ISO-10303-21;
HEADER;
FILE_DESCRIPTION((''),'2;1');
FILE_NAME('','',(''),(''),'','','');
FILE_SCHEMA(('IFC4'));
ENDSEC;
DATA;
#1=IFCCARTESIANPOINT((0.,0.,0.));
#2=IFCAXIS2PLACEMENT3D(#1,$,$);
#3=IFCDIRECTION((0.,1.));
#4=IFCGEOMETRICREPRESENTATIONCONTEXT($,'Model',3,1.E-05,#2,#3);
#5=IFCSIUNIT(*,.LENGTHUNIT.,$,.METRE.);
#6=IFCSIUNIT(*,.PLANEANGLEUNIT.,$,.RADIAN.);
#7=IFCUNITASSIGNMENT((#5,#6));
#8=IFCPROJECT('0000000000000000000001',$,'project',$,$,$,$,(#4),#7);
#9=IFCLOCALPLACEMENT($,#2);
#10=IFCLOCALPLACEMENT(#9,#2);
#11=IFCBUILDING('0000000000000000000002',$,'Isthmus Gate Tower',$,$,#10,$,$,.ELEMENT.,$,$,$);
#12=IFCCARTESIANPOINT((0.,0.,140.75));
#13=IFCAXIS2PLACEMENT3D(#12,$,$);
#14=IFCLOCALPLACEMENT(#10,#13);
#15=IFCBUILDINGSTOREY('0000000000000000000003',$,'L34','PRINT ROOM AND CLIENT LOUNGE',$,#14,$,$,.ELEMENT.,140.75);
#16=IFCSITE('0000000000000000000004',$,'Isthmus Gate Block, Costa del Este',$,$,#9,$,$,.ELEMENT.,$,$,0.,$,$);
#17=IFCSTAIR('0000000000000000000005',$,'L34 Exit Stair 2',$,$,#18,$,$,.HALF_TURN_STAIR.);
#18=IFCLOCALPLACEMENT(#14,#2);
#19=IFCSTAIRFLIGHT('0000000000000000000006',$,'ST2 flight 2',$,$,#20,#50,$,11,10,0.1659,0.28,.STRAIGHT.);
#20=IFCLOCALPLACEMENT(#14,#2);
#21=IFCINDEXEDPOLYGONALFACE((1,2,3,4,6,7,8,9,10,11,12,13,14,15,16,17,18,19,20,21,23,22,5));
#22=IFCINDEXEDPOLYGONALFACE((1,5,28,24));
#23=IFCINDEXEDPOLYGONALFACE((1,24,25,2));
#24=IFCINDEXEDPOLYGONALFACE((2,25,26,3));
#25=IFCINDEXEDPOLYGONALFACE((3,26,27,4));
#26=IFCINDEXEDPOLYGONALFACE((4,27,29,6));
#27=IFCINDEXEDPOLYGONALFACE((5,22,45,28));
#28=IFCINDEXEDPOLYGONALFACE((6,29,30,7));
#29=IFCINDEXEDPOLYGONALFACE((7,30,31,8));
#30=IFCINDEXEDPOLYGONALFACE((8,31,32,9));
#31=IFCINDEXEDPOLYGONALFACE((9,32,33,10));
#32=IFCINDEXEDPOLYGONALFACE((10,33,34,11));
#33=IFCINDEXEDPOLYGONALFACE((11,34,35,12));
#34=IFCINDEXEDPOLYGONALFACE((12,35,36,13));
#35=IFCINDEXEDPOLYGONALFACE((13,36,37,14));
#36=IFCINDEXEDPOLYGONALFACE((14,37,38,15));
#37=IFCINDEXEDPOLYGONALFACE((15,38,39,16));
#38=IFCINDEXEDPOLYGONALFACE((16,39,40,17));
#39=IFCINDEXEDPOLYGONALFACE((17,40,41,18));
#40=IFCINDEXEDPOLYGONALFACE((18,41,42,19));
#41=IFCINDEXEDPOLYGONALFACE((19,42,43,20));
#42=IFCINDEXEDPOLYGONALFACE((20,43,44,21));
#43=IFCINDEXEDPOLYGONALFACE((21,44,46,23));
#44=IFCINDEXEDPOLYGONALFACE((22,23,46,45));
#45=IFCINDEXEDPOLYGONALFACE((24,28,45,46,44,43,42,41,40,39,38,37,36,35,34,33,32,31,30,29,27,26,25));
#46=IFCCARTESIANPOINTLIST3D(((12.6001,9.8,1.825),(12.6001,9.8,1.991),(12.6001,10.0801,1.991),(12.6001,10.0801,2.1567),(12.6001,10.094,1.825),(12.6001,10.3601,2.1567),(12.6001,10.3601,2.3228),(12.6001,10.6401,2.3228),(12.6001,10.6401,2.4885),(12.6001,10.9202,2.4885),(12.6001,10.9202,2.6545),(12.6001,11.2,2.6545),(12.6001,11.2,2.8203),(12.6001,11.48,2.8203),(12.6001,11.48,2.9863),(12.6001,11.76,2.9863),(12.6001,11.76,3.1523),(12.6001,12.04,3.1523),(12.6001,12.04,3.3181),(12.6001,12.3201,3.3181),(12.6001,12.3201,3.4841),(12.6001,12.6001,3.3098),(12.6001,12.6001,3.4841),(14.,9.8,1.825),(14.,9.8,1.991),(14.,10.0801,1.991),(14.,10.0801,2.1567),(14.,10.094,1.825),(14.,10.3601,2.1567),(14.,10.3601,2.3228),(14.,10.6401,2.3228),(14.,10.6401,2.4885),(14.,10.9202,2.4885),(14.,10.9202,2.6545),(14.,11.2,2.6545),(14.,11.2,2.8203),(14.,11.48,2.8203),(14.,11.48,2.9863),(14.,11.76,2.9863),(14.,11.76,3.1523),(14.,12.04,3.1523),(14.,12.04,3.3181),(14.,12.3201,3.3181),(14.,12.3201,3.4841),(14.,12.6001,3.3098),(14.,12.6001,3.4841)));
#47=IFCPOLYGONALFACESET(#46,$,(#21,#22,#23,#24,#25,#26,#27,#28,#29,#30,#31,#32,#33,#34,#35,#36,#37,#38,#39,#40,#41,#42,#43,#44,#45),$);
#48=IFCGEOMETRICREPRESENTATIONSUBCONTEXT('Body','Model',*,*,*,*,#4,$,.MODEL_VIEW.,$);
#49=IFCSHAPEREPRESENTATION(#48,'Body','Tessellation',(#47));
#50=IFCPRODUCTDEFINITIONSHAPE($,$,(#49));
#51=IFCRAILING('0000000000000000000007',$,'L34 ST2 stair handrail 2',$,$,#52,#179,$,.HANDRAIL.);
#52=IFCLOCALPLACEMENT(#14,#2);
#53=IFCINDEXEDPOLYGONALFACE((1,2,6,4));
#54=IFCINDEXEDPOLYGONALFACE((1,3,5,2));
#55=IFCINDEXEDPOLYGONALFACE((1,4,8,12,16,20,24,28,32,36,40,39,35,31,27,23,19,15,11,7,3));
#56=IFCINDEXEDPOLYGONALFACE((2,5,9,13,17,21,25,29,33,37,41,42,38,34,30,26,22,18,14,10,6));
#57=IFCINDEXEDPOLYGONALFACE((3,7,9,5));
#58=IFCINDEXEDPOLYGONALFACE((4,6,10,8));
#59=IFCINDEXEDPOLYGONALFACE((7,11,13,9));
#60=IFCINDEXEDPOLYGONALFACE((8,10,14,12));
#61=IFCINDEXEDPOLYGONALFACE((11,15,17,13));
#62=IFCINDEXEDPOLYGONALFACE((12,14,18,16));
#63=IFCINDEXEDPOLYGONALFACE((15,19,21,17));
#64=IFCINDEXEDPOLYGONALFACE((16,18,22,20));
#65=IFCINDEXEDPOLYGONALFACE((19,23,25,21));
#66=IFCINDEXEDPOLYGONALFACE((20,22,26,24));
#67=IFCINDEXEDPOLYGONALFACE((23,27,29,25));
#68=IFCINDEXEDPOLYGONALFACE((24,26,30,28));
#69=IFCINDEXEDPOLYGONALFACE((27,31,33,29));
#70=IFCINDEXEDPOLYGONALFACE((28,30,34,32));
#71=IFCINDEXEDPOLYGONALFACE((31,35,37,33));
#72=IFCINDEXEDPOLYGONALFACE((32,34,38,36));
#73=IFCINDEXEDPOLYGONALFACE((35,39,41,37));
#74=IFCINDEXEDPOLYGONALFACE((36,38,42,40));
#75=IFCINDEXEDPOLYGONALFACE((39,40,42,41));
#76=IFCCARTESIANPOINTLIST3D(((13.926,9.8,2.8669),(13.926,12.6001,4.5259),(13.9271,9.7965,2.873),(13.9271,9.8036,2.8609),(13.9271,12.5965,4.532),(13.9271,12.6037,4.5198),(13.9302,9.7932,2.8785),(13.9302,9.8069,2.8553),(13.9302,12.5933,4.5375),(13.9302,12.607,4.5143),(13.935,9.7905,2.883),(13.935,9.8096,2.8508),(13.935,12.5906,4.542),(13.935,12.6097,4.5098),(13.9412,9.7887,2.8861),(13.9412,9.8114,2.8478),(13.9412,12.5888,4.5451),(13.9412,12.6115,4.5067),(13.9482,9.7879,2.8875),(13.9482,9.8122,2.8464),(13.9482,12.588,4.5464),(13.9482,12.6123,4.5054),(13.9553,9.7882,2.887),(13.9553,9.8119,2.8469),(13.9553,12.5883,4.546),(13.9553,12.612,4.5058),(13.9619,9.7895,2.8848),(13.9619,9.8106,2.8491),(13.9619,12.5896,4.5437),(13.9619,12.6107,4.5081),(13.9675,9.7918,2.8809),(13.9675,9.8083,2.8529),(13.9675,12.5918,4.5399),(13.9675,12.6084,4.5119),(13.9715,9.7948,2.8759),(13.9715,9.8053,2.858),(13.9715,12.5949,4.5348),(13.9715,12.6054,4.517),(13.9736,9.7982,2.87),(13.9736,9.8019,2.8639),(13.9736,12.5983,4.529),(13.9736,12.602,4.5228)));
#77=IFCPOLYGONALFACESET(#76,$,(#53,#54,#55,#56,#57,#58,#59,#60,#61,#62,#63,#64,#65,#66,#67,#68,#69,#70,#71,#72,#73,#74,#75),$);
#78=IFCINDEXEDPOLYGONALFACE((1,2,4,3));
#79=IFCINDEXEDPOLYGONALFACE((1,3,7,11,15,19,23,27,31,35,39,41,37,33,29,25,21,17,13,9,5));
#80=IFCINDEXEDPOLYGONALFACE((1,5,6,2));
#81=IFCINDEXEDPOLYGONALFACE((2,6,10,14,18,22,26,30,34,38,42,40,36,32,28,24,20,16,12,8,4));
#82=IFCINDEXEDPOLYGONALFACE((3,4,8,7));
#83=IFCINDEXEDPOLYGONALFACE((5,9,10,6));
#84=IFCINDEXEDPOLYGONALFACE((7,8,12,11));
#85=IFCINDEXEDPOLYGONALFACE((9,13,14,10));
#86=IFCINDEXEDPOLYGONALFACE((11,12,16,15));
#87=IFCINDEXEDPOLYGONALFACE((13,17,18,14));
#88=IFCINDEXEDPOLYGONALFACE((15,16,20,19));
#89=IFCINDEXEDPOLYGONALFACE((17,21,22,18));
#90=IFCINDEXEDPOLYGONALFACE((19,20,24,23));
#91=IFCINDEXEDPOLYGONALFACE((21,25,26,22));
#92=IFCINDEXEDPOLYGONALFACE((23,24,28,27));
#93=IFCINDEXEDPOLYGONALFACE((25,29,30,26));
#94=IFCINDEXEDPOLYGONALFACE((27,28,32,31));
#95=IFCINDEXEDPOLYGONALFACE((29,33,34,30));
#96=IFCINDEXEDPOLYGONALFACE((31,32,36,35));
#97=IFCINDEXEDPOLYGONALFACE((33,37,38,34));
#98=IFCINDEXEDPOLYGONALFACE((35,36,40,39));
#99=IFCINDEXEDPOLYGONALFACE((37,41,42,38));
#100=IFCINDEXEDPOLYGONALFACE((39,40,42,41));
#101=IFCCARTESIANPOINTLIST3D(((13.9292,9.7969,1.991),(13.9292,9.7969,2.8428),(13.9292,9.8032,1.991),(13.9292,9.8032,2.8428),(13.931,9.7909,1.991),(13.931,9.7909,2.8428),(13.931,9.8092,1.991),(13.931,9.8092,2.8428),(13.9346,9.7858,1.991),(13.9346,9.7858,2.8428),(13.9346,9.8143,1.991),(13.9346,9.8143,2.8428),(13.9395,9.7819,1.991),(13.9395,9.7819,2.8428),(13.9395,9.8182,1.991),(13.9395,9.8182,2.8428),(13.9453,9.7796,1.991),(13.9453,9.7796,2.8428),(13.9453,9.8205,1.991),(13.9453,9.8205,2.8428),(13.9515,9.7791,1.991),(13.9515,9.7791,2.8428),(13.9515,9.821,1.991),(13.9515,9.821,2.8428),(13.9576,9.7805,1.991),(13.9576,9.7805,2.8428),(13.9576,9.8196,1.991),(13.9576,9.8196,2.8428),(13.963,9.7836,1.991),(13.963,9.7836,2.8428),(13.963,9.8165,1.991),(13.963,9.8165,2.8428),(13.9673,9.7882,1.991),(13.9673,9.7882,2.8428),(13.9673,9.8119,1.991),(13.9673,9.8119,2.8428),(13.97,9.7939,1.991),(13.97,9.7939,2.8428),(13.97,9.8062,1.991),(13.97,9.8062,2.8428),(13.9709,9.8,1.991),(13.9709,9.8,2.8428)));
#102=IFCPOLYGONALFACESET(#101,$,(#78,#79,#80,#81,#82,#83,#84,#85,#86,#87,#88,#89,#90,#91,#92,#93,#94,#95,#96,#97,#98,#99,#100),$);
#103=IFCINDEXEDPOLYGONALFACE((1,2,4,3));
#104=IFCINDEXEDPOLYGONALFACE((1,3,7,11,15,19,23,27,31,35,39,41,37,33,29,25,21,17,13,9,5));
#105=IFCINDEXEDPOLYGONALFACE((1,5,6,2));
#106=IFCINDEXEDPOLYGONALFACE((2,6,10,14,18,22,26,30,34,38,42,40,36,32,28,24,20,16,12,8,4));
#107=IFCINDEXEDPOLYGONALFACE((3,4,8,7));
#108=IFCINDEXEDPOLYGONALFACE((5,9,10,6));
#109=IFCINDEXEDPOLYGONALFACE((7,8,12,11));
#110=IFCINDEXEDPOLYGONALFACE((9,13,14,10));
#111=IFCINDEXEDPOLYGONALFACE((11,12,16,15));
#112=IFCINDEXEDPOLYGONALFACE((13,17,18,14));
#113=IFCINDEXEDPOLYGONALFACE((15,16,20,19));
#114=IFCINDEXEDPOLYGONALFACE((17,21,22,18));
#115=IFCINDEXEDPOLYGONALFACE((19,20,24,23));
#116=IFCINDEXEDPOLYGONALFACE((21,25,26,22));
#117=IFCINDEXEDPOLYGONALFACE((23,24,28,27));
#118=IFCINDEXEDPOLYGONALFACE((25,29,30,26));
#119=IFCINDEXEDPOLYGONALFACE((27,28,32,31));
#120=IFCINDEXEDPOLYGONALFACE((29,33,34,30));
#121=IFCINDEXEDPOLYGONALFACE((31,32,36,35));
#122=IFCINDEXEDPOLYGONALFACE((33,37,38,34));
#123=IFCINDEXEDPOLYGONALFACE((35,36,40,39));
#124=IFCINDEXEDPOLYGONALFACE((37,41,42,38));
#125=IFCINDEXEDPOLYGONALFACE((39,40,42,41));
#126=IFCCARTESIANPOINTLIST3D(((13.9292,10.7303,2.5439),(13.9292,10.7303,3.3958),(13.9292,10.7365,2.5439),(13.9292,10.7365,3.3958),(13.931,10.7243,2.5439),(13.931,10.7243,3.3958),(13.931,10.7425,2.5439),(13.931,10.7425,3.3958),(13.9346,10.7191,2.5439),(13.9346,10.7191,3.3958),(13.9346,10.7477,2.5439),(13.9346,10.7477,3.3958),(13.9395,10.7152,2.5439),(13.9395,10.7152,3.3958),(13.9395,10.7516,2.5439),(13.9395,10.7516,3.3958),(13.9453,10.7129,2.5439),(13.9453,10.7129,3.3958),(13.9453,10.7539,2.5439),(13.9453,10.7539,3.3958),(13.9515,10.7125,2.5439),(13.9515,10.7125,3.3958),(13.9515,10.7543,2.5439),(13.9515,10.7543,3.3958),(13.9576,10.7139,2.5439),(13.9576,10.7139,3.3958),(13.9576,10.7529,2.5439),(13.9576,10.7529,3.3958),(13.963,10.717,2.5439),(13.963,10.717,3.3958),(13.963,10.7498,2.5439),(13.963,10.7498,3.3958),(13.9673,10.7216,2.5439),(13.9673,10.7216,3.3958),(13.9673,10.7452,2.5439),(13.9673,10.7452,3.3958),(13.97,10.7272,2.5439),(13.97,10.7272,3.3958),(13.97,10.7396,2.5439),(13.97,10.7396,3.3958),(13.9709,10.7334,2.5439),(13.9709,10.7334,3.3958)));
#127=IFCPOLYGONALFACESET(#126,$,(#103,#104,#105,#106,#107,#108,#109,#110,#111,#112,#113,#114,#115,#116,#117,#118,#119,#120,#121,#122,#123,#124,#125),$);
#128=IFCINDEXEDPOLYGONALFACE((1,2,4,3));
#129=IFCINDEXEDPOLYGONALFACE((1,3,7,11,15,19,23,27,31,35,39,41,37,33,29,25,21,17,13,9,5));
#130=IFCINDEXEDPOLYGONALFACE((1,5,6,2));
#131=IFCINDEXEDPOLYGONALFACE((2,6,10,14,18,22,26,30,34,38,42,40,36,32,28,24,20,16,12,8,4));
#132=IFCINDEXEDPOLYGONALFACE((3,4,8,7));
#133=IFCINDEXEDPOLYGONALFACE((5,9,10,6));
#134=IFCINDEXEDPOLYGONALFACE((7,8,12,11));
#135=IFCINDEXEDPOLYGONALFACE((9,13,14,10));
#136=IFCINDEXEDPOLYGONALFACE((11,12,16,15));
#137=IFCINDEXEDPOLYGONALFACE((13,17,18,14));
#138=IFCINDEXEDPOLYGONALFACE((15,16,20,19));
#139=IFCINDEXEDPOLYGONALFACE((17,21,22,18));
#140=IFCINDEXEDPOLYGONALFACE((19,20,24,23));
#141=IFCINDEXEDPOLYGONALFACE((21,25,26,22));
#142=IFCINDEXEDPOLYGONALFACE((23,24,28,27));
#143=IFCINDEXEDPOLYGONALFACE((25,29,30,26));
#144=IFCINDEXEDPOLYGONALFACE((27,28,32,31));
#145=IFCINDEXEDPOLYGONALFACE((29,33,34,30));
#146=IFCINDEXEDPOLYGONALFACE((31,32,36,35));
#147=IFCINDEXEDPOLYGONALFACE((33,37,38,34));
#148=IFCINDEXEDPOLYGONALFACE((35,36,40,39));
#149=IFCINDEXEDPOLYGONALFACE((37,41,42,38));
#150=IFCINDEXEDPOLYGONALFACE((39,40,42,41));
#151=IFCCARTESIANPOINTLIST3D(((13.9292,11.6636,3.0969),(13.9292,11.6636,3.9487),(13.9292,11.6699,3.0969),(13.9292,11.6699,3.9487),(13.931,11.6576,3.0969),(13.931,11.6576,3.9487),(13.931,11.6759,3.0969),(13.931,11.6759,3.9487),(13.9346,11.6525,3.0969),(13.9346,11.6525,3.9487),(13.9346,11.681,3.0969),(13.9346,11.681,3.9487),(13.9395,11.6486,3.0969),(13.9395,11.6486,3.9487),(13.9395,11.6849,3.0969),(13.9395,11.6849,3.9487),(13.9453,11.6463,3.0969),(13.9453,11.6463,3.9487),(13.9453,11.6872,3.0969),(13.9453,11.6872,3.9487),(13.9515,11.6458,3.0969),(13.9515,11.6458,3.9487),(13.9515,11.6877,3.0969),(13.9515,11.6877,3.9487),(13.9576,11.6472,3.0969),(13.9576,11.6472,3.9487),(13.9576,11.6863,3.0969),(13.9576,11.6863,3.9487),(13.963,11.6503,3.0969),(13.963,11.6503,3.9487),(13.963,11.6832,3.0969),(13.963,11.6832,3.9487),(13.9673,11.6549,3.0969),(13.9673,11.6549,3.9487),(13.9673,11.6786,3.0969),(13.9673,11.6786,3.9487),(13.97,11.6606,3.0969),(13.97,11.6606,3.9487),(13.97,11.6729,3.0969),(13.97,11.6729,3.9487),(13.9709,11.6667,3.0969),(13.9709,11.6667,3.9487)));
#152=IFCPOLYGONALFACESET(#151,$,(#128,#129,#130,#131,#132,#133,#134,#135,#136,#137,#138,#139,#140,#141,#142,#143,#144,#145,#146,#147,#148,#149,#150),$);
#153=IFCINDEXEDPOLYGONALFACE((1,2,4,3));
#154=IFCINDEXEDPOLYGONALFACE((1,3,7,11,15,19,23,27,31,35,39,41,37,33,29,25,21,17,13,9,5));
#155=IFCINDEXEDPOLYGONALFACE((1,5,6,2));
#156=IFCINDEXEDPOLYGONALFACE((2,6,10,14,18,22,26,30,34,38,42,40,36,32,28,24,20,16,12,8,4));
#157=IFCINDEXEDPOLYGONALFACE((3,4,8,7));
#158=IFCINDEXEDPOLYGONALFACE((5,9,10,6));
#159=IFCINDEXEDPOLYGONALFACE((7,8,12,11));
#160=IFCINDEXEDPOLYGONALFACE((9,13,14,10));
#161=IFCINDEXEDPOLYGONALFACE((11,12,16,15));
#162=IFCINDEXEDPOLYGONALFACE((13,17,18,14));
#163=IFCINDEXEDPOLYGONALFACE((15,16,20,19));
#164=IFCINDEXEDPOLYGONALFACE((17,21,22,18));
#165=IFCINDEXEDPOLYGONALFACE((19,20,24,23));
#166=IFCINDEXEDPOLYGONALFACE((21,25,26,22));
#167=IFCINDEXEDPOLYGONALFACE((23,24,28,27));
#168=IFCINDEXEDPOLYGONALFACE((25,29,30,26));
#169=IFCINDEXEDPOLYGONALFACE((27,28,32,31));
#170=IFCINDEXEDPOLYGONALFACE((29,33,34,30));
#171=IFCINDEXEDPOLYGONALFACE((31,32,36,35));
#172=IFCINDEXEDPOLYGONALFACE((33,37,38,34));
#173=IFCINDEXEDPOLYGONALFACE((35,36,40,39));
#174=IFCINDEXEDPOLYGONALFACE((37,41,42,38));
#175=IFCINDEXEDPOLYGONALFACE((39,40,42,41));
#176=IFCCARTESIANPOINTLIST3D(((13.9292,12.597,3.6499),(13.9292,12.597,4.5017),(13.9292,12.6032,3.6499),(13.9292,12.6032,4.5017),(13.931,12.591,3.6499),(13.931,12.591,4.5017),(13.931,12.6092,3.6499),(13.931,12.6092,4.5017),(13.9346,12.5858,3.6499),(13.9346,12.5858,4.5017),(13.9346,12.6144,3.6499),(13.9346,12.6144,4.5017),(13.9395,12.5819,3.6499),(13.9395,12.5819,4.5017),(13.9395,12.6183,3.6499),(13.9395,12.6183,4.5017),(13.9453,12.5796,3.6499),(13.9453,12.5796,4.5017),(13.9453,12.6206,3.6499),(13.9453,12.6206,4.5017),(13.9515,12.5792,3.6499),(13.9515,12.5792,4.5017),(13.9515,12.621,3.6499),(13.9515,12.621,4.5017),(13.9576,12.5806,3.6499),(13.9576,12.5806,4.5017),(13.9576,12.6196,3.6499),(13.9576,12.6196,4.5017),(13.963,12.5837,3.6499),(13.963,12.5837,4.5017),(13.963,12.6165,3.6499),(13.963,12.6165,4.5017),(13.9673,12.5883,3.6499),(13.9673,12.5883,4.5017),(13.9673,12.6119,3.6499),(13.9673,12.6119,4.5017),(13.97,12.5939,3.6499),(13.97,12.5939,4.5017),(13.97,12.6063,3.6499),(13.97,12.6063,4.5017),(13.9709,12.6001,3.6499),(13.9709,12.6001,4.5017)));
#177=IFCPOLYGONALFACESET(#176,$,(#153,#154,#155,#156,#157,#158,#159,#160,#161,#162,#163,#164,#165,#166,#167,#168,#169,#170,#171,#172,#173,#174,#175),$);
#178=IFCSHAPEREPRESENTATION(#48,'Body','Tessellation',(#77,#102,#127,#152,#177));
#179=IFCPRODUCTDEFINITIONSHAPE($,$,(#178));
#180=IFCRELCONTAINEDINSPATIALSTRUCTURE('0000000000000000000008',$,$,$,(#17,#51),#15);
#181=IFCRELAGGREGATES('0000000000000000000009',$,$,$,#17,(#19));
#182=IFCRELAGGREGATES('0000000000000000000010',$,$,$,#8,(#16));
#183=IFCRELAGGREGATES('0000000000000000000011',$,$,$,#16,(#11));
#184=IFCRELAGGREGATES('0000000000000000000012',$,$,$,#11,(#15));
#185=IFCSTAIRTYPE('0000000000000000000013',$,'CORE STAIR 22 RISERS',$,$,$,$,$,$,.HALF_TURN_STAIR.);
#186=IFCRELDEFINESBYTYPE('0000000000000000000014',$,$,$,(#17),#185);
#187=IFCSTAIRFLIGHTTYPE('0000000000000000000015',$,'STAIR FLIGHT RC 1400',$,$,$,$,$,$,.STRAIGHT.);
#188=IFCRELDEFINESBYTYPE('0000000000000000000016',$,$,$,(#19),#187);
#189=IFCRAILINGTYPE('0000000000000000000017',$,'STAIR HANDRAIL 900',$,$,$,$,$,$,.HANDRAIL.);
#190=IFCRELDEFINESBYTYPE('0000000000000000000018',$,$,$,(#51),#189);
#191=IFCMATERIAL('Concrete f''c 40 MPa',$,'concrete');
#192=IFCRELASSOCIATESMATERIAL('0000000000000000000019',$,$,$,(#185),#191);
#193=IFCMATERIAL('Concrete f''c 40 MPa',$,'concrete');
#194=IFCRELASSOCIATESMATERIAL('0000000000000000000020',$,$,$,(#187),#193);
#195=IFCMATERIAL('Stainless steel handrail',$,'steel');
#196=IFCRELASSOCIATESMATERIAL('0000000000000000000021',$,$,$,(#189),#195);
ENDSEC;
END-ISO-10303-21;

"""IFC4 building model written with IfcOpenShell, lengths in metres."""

from ifc_helpers import new_model, si_unit, direction, frame, origin, origin_2d, place, context, subcontext, project, spatial, polyline, circle, outline, extrude, material, type_object, element, aggregate, save


model = new_model("IFC4")

# Units and contexts
model_context = context("Model", 3, precision=1e-05, world=origin(), true_north=direction((0.0, 1.0)))
body_context = subcontext(model_context, "Body", "Model", "MODEL_VIEW")
ifc_project = project(units=[si_unit("LENGTHUNIT", "METRE"), si_unit("PLANEANGLEUNIT", "RADIAN")], contexts=[model_context])

# Site, building, storey
site_placement = place(None, origin())
site = spatial("IfcSite", under=ifc_project, at=site_placement, Name="Isthmus Gate Block, Costa del Este", CompositionType="ELEMENT", RefElevation=0.0)
building_placement = place(site_placement, origin())
building = spatial("IfcBuilding", under=site, at=building_placement, Name="Isthmus Gate Tower", CompositionType="ELEMENT")
storey_placement = place(building_placement, frame((0.0, 0.0, 140.75)))
storey = spatial("IfcBuildingStorey", under=building, at=storey_placement, Name="L34", Description="PRINT ROOM AND CLIENT LOUNGE", CompositionType="ELEMENT", Elevation=140.75)

# Stair, stair flight
ifc_material_1 = material(Name="Concrete f'c 40 MPa", Category="concrete")
stair_type = type_object("IfcStairType", Name="CORE STAIR 22 RISERS", PredefinedType="HALF_TURN_STAIR", material=ifc_material_1)
stair_placement = place(storey_placement, origin())
stair = element("IfcStair", 1, at=stair_placement, inside=storey, type_object=stair_type, Name="L34 Exit Stair 2", PredefinedType="HALF_TURN_STAIR")
ifc_material_2 = material(Name="Concrete f'c 40 MPa", Category="concrete")
stair_flight_type = type_object("IfcStairFlightType", Name="STAIR FLIGHT RC 1400", PredefinedType="STRAIGHT", material=ifc_material_2)
stair_flight_placement = place(storey_placement, frame((13.3, 9.8, 1.825), z_axis=(0.0, 0.0, 1.0), x_axis=(0.0, 1.0, 0.0)))
stair_flight = element("IfcStairFlight", 2, at=stair_flight_placement, type_object=stair_flight_type, Name="ST2 flight 2", NumberOfRisers=11, NumberOfTreads=10, PredefinedType="STRAIGHT", RiserHeight=0.1659, TreadLength=0.28, context=body_context, shape_type="SweptSolid", body=[
    extrude(outline(polyline([(0.0, 0.0), (0.0, 0.166), (0.28, 0.166), (0.28, 0.3318), (0.5601, 0.3318), (0.5601, 0.4978), (0.8401, 0.4978), (0.8401, 0.6636), (1.1201, 0.6636), (1.1201, 0.8296), (1.3999, 0.8296), (1.3999, 0.9954), (1.6799, 0.9954), (1.6799, 1.1614), (1.96, 1.1614), (1.96, 1.3274), (2.24, 1.3274), (2.24, 1.4932), (2.52, 1.4932), (2.52, 1.6592), (2.8, 1.6592), (2.8, 1.825), (2.8, 1.4849), (0.2939, 0.0), (0.0, 0.0)])), frame((0.0, 0.7, 0.0), z_axis=(0.0, -1.0, 0.0), x_axis=(1.0, 0.0, 0.0)), (0.0, 0.0, 1.0), 1.3999),
])
aggregate(stair, [stair_flight])

# Railing
ifc_material_3 = material(Name="Stainless steel handrail", Category="steel")
railing_type = type_object("IfcRailingType", Name="STAIR HANDRAIL 900", PredefinedType="HANDRAIL", material=ifc_material_3)
railing_placement = place(storey_placement, frame((13.95, 9.8, 1.991)))
element("IfcRailing", 3, at=railing_placement, inside=storey, type_object=railing_type, Name="L34 ST2 stair handrail 2", PredefinedType="HANDRAIL", context=body_context, shape_type="SweptSolid", body=[
    extrude(circle(Radius=0.0239, at=origin_2d()), frame((0.0, 0.0, 0.876), z_axis=(0.0, 0.860339, 0.509722), x_axis=(-1.0, 0.0, 0.0)), (0.0, 0.0, 1.0), 3.2546),
    extrude(circle(Radius=0.021, at=origin_2d()), origin(), (0.0, 0.0, 1.0), 0.8518),
    extrude(circle(Radius=0.021, at=origin_2d()), frame((0.0, 0.9333, 0.553)), (0.0, 0.0, 1.0), 0.8518),
    extrude(circle(Radius=0.021, at=origin_2d()), frame((0.0, 1.8667, 1.106)), (0.0, 0.0, 1.0), 0.8518),
    extrude(circle(Radius=0.021, at=origin_2d()), frame((0.0, 2.8, 1.6589)), (0.0, 0.0, 1.0), 0.8518),
])

save(model, "model.ifc")
